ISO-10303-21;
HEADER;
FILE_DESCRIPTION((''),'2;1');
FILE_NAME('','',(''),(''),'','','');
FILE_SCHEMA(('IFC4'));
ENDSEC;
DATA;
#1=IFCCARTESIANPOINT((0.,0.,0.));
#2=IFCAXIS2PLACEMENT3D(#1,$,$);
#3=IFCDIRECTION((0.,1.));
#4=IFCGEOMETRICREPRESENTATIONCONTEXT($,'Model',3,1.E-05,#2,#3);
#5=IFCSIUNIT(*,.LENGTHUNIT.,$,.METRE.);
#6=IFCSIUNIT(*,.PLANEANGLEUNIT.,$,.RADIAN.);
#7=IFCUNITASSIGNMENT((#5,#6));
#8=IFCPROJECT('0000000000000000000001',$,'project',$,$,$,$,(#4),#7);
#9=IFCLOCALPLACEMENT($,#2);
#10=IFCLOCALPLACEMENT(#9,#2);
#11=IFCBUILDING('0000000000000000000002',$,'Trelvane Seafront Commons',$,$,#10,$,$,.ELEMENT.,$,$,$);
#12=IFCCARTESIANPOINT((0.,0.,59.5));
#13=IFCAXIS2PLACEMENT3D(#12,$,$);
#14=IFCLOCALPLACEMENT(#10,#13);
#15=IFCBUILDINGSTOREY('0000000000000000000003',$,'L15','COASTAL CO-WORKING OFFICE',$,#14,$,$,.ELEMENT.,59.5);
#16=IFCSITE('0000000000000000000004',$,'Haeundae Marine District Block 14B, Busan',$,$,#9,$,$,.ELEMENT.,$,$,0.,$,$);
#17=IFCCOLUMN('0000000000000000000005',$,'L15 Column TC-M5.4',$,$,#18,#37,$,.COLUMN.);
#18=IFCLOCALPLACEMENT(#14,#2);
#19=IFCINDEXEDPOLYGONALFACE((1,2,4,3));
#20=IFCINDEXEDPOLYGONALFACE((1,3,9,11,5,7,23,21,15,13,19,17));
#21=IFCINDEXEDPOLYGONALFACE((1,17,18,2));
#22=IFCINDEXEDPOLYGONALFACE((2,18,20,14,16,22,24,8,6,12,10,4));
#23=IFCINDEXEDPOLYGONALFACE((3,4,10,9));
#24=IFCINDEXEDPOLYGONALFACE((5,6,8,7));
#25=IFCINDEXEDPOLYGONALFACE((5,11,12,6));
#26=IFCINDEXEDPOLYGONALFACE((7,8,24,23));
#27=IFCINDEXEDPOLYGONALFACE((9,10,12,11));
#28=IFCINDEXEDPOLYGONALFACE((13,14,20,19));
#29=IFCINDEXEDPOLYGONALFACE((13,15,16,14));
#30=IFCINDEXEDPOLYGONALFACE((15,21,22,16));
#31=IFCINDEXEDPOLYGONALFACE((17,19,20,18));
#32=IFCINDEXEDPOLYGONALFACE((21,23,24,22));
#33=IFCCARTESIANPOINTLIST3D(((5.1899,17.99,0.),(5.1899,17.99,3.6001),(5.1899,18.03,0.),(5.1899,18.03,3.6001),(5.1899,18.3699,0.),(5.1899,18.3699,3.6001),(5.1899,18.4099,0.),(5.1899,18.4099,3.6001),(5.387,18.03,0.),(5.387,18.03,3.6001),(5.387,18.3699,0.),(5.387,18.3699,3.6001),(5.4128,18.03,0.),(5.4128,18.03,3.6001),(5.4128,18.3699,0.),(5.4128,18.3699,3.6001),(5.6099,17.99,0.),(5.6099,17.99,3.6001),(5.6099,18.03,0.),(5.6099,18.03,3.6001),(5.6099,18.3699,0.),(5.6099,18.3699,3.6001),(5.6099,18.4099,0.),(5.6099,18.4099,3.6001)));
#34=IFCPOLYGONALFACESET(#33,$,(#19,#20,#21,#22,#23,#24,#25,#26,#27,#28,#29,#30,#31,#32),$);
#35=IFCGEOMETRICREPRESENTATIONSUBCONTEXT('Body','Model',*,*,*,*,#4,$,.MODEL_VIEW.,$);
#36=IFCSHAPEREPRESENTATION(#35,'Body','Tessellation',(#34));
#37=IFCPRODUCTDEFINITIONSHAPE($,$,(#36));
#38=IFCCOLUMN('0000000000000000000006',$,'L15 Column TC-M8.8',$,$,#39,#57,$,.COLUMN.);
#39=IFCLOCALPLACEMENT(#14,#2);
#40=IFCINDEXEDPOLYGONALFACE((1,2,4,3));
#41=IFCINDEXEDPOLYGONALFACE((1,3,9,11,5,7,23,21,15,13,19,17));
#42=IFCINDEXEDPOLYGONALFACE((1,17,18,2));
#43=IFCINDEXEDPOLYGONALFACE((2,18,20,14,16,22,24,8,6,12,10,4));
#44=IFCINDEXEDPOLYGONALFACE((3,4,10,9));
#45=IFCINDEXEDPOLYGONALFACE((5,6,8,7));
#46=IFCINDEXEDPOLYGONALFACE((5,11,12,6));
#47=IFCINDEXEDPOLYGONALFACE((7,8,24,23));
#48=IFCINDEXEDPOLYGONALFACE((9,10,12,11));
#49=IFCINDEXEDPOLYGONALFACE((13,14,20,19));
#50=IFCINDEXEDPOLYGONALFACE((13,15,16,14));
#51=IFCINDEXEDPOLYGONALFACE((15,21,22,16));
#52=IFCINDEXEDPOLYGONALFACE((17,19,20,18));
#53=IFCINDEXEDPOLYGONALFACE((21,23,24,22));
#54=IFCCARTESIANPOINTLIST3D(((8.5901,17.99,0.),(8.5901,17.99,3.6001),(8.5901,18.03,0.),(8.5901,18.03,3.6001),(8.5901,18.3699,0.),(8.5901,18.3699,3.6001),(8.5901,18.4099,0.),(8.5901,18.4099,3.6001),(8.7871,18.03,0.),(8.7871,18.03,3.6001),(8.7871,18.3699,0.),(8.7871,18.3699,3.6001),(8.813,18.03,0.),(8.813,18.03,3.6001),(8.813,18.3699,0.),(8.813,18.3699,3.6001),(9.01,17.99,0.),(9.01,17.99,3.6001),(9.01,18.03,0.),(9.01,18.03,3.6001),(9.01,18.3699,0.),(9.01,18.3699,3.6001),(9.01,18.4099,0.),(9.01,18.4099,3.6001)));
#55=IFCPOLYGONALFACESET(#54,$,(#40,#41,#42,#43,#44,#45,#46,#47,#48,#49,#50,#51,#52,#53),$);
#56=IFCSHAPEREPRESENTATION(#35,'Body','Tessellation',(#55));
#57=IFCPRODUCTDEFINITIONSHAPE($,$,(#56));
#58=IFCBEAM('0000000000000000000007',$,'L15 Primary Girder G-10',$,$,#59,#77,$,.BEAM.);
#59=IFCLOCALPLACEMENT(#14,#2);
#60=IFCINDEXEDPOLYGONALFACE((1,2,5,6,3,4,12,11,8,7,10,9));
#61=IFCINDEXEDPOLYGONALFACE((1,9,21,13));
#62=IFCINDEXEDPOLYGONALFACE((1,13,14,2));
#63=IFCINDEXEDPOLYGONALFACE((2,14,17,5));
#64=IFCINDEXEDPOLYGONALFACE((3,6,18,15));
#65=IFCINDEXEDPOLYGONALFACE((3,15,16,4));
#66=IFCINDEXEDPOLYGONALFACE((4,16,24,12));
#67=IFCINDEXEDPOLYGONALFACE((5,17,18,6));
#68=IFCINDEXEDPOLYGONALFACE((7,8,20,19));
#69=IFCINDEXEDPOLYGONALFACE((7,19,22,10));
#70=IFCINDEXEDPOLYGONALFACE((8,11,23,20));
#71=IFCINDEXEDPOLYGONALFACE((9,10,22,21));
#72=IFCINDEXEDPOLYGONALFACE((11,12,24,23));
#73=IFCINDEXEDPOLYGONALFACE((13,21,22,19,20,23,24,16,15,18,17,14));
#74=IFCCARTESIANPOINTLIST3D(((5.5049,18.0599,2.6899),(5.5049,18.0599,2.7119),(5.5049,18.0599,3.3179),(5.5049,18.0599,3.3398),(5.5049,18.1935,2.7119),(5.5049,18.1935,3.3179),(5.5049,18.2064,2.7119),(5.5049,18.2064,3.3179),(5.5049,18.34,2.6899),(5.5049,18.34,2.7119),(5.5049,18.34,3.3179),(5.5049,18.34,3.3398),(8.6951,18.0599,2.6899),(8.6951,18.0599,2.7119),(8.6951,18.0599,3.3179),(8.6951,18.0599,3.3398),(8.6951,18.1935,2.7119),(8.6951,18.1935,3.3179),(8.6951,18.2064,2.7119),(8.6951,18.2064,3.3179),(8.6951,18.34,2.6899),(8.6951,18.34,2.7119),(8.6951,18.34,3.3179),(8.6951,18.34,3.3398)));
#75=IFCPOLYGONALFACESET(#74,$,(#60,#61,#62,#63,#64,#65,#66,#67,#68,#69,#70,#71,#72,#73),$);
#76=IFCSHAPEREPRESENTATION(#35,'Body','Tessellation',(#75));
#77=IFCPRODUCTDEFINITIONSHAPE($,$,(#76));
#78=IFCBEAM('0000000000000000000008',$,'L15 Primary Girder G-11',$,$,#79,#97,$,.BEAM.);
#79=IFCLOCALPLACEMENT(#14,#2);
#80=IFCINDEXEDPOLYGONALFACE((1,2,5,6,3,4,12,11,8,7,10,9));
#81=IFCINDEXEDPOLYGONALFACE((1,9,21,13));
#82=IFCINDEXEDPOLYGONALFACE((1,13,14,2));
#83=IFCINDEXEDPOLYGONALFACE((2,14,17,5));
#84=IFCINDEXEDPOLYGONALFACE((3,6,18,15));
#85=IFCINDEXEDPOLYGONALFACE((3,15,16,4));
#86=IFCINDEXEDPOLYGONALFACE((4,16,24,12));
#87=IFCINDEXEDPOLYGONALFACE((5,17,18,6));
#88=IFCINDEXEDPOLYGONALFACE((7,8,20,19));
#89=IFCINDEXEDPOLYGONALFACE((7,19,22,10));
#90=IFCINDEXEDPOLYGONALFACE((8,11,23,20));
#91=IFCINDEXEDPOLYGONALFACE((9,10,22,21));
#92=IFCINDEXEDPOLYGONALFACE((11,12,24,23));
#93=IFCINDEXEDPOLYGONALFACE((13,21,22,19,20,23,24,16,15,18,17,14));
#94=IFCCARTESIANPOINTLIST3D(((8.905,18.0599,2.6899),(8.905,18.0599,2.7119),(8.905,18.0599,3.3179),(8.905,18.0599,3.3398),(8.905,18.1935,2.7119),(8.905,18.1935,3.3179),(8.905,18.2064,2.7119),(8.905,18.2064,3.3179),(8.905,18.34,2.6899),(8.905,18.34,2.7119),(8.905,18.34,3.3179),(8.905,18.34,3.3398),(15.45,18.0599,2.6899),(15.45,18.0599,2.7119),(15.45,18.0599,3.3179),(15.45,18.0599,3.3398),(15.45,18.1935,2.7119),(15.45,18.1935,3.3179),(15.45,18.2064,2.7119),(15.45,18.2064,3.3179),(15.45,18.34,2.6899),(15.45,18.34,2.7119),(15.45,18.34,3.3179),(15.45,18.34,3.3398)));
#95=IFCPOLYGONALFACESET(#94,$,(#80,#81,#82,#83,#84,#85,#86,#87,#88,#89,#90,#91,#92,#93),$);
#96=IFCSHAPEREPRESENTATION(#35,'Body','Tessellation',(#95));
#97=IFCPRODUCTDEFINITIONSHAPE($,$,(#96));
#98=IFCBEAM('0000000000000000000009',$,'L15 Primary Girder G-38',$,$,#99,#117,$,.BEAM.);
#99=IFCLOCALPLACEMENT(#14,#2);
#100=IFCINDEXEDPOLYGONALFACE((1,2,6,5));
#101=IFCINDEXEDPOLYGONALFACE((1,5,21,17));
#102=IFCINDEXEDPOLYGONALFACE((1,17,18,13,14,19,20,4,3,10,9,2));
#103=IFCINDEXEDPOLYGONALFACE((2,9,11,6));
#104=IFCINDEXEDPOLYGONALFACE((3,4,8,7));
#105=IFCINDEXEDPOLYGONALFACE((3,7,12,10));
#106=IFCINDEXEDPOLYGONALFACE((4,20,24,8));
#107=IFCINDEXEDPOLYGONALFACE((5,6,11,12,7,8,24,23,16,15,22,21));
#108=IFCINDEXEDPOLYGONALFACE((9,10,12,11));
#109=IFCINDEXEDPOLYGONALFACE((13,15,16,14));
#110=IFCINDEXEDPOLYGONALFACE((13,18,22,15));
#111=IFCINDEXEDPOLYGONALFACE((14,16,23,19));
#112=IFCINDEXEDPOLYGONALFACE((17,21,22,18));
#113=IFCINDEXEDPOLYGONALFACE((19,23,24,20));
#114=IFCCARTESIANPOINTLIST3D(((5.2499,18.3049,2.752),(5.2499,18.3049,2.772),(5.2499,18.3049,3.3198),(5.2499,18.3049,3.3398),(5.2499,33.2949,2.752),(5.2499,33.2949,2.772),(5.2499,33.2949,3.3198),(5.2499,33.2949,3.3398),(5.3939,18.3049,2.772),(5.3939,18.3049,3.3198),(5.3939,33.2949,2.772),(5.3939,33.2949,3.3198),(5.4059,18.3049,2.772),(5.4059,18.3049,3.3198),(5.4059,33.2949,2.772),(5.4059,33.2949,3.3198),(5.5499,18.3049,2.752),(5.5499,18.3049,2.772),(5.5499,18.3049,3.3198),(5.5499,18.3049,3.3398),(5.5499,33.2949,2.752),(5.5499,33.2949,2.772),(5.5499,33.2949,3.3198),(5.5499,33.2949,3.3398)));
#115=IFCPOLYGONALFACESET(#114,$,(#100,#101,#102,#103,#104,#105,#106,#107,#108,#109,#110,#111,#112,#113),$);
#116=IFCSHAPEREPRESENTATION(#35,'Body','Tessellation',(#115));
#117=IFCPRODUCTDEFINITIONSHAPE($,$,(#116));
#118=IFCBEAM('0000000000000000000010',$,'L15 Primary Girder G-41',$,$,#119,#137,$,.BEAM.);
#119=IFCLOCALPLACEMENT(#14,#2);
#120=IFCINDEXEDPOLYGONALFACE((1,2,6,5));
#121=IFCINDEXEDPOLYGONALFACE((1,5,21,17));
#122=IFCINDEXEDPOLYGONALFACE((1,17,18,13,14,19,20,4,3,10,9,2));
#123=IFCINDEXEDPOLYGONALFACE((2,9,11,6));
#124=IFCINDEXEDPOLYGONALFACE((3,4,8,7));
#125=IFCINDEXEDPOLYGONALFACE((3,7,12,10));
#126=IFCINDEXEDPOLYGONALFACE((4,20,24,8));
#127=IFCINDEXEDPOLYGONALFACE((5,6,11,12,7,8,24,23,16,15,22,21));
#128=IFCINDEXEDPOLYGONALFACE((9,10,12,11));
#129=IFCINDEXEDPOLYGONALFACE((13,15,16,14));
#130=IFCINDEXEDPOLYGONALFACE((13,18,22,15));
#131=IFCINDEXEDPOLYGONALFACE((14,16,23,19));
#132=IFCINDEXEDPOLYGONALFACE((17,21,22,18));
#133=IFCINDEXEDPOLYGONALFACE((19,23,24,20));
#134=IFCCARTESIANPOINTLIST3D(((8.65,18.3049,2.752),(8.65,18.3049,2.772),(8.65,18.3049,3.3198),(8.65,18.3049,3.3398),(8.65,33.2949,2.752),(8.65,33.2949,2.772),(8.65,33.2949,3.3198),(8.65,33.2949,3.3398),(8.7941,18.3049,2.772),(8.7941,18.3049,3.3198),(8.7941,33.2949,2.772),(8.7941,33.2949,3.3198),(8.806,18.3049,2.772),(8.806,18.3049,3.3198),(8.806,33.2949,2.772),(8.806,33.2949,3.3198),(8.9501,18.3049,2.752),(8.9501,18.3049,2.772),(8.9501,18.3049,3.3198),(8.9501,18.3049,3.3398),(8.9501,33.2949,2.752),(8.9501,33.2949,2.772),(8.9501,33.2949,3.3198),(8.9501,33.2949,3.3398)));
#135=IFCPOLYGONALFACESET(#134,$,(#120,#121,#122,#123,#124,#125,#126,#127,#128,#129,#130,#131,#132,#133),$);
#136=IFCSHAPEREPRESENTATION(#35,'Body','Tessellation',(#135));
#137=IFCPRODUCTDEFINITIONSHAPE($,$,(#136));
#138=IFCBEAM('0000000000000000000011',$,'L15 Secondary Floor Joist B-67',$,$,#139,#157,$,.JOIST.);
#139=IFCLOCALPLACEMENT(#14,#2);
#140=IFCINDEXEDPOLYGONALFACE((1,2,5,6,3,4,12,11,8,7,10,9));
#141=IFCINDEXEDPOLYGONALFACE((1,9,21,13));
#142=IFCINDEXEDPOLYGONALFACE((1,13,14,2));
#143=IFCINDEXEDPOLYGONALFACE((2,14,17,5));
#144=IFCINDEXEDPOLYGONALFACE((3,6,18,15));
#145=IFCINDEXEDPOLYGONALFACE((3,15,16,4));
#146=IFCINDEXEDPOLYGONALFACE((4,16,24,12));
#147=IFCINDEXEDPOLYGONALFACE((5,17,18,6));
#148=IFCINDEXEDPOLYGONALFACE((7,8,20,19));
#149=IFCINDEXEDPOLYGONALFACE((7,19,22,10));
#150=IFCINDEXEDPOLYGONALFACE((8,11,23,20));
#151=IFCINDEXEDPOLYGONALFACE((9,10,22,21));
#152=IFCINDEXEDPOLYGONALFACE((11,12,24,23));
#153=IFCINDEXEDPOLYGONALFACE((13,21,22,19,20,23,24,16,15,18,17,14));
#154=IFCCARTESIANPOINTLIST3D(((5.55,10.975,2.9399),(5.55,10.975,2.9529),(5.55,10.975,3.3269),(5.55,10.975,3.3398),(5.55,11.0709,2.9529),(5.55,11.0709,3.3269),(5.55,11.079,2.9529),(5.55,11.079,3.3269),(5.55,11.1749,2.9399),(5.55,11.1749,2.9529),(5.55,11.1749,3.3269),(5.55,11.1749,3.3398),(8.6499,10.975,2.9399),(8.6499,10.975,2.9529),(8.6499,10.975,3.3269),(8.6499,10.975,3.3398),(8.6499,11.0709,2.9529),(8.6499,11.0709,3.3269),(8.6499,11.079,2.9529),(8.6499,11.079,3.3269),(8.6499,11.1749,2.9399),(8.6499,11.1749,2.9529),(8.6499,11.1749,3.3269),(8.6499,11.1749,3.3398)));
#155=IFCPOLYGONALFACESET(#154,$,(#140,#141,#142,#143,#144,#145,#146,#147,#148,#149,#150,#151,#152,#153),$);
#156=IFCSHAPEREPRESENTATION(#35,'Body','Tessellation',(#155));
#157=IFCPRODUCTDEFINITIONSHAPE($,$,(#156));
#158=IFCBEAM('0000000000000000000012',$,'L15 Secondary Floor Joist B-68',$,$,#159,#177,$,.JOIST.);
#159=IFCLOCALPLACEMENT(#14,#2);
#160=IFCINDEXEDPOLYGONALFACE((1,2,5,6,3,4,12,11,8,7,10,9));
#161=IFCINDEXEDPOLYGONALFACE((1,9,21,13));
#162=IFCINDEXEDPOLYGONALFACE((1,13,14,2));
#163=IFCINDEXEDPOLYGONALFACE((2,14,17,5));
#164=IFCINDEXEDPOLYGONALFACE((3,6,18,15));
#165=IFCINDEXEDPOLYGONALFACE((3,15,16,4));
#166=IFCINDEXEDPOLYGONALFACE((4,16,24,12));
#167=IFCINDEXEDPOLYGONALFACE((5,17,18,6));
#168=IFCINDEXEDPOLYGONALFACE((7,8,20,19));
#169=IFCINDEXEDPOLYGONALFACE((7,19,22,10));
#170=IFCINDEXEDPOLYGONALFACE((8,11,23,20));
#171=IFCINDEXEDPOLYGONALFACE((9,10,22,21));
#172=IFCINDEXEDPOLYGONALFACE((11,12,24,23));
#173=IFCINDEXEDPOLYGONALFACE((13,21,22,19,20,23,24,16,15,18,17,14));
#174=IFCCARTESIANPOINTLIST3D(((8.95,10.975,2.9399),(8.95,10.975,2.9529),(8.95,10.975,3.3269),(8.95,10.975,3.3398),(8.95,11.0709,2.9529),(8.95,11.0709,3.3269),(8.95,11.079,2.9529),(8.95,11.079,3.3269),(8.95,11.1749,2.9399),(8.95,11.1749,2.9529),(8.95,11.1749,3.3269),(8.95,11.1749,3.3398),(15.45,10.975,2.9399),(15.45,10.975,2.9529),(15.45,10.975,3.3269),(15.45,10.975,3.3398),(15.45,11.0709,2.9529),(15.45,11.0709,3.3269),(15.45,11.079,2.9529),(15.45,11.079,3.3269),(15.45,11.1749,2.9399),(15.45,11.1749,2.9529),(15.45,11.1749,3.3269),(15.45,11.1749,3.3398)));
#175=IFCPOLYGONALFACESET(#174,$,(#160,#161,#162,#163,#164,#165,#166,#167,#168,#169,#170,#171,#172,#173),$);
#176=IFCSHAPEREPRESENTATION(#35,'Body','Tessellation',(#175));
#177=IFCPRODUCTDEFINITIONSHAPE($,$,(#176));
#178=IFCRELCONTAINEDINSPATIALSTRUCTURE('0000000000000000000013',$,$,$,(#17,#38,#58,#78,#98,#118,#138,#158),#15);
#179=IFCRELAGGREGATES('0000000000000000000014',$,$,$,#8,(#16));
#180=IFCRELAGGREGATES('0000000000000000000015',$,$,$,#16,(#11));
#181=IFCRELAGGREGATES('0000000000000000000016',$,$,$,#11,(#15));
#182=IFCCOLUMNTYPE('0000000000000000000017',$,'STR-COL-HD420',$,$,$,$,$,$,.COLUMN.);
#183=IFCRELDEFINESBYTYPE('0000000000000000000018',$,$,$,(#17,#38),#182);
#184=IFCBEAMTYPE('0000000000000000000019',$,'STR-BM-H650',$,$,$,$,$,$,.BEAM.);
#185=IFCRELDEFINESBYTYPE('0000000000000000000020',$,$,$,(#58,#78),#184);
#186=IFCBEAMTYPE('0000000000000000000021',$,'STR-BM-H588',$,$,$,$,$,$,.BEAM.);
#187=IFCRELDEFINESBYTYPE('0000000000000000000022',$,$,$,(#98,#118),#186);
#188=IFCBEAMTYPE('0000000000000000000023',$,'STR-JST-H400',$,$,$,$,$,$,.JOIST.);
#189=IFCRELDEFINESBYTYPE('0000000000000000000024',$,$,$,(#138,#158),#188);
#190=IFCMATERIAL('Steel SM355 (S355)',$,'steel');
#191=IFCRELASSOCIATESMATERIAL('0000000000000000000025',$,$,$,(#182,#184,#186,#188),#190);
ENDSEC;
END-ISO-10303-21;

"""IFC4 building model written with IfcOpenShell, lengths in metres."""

from ifc_helpers import new_model, si_unit, direction, frame, origin, origin_2d, place, context, subcontext, project, spatial, i_section, extrude, source, transform, mapped, material, material_profile, profile_set, type_object, element, save


model = new_model("IFC4")

# Units and contexts
model_context = context("Model", 3, precision=1e-05, world=origin(), true_north=direction((0.0, 1.0)))
body_context = subcontext(model_context, "Body", "Model", "MODEL_VIEW")
ifc_project = project(units=[si_unit("LENGTHUNIT", "METRE"), si_unit("PLANEANGLEUNIT", "RADIAN")], contexts=[model_context])

# Site, building, storey
site_placement = place(None, origin())
site = spatial("IfcSite", under=ifc_project, at=site_placement, Name="Haeundae Marine District Block 14B, Busan", CompositionType="ELEMENT", RefElevation=0.0)
building_placement = place(site_placement, origin())
building = spatial("IfcBuilding", under=site, at=building_placement, Name="Trelvane Seafront Commons", CompositionType="ELEMENT")
storey_placement = place(building_placement, frame((0.0, 0.0, 59.5)))
storey = spatial("IfcBuildingStorey", under=building, at=storey_placement, Name="L15", Description="COASTAL CO-WORKING OFFICE", CompositionType="ELEMENT", Elevation=59.5)

# Columns
ifc_material_1 = material(Name="Steel SM355 (S355)", Category="steel")
ifc_material_profile_1 = material_profile(ifc_material_1, i_section(OverallWidth=0.4199, OverallDepth=0.4199, WebThickness=0.0259, FlangeThickness=0.04, at=origin_2d()), Name="HD-420x420x26x40")
ifc_profile_set_1 = profile_set([ifc_material_profile_1], Name="Steel SM355 (S355)")
column_type = type_object("IfcColumnType", Name="STR-COL-HD420", PredefinedType="COLUMN", material=ifc_profile_set_1)
shared_shape_1 = source(origin(), body_context, "Body", "SweptSolid", [
    extrude(i_section(OverallWidth=0.4199, OverallDepth=0.4199, WebThickness=0.0259, FlangeThickness=0.04, at=origin_2d()), origin(), (0.0, 0.0, 1.0), 3.6001),
])
for number, where, z_axis, x_axis, name in (
    (1, (5.3999, 18.2, 0.0), (0.0, 0.0, 1.0), (1.0, 0.0, 0.0), "L15 Column TC-M5.4"),
    (2, (8.8, 18.2, 0.0), (0.0, 0.0, 1.0), (1.0, 0.0, 0.0), "L15 Column TC-M8.8"),
):
    element("IfcColumn", number, at=place(storey_placement, frame(where, z_axis=z_axis, x_axis=x_axis)), inside=storey, type_object=column_type, Name=name, PredefinedType="COLUMN", context=body_context, shape_type="MappedRepresentation", body=[
        mapped(shared_shape_1, transform((0.0, 0.0, 0.0), x_axis=(1.0, 0.0, 0.0), y_axis=(0.0, 1.0, 0.0), z_axis=(0.0, 0.0, 1.0), scale=1.0)),
    ])

# Beams
ifc_material_profile_2 = material_profile(ifc_material_1, i_section(OverallWidth=0.28, OverallDepth=0.6499, WebThickness=0.0129, FlangeThickness=0.022, at=origin_2d()), Name="H-650x280x13x22")
ifc_profile_set_2 = profile_set([ifc_material_profile_2], Name="Steel SM355 (S355)")
beam_type_1 = type_object("IfcBeamType", Name="STR-BM-H650", PredefinedType="BEAM", material=ifc_profile_set_2)
shared_shape_2 = source(origin(), body_context, "Body", "SweptSolid", [
    extrude(i_section(OverallWidth=0.28, OverallDepth=0.6499, WebThickness=0.0129, FlangeThickness=0.022, at=origin_2d()), origin(), (0.0, 0.0, 1.0), 3.1902),
])
beam_1_placement = place(storey_placement, frame((5.5049, 18.2, 3.0149), z_axis=(1.0, 0.0, 0.0), x_axis=(0.0, 1.0, 0.0)))
element("IfcBeam", 3, at=beam_1_placement, inside=storey, type_object=beam_type_1, Name="L15 Primary Girder G-10", PredefinedType="BEAM", context=body_context, shape_type="MappedRepresentation", body=[
    mapped(shared_shape_2, transform((0.0, 0.0, 0.0), x_axis=(1.0, 0.0, 0.0), y_axis=(0.0, 1.0, 0.0), z_axis=(0.0, 0.0, 1.0), scale=1.0)),
])
shared_shape_3 = source(origin(), body_context, "Body", "SweptSolid", [
    extrude(i_section(OverallWidth=0.28, OverallDepth=0.6499, WebThickness=0.0129, FlangeThickness=0.022, at=origin_2d()), origin(), (0.0, 0.0, 1.0), 6.5449),
])
beam_2_placement = place(storey_placement, frame((8.905, 18.2, 3.0149), z_axis=(1.0, 0.0, 0.0), x_axis=(0.0, 1.0, 0.0)))
element("IfcBeam", 4, at=beam_2_placement, inside=storey, type_object=beam_type_1, Name="L15 Primary Girder G-11", PredefinedType="BEAM", context=body_context, shape_type="MappedRepresentation", body=[
    mapped(shared_shape_3, transform((0.0, 0.0, 0.0), x_axis=(1.0, 0.0, 0.0), y_axis=(0.0, 1.0, 0.0), z_axis=(0.0, 0.0, 1.0), scale=1.0)),
])
ifc_material_profile_3 = material_profile(ifc_material_1, i_section(OverallWidth=0.3, OverallDepth=0.5879, WebThickness=0.012, FlangeThickness=0.02, at=origin_2d()), Name="H-588x300x12x20")
ifc_profile_set_3 = profile_set([ifc_material_profile_3], Name="Steel SM355 (S355)")
beam_type_2 = type_object("IfcBeamType", Name="STR-BM-H588", PredefinedType="BEAM", material=ifc_profile_set_3)
shared_shape_4 = source(origin(), body_context, "Body", "SweptSolid", [
    extrude(i_section(OverallWidth=0.3, OverallDepth=0.5879, WebThickness=0.012, FlangeThickness=0.02, at=origin_2d()), origin(), (0.0, 0.0, 1.0), 14.99),
])
for number, where, z_axis, x_axis, name in (
    (5, (5.3999, 18.3049, 3.0459), (0.0, 1.0, 0.0), (-1.0, 0.0, 0.0), "L15 Primary Girder G-38"),
    (6, (8.8, 18.3049, 3.0459), (0.0, 1.0, 0.0), (-1.0, 0.0, 0.0), "L15 Primary Girder G-41"),
):
    element("IfcBeam", number, at=place(storey_placement, frame(where, z_axis=z_axis, x_axis=x_axis)), inside=storey, type_object=beam_type_2, Name=name, PredefinedType="BEAM", context=body_context, shape_type="MappedRepresentation", body=[
        mapped(shared_shape_4, transform((0.0, 0.0, 0.0), x_axis=(1.0, 0.0, 0.0), y_axis=(0.0, 1.0, 0.0), z_axis=(0.0, 0.0, 1.0), scale=1.0)),
    ])
ifc_material_profile_4 = material_profile(ifc_material_1, i_section(OverallWidth=0.2, OverallDepth=0.3999, WebThickness=0.0081, FlangeThickness=0.0129, at=origin_2d()), Name="H-400x200x8x13")
ifc_profile_set_4 = profile_set([ifc_material_profile_4], Name="Steel SM355 (S355)")
beam_type_3 = type_object("IfcBeamType", Name="STR-JST-H400", PredefinedType="JOIST", material=ifc_profile_set_4)
shared_shape_5 = source(origin(), body_context, "Body", "SweptSolid", [
    extrude(i_section(OverallWidth=0.2, OverallDepth=0.3999, WebThickness=0.0081, FlangeThickness=0.0129, at=origin_2d()), origin(), (0.0, 0.0, 1.0), 3.0999),
])
beam_3_placement = place(storey_placement, frame((5.55, 11.075, 3.1399), z_axis=(1.0, 0.0, 0.0), x_axis=(0.0, 1.0, 0.0)))
element("IfcBeam", 7, at=beam_3_placement, inside=storey, type_object=beam_type_3, Name="L15 Secondary Floor Joist B-67", PredefinedType="JOIST", context=body_context, shape_type="MappedRepresentation", body=[
    mapped(shared_shape_5, transform((0.0, 0.0, 0.0), x_axis=(1.0, 0.0, 0.0), y_axis=(0.0, 1.0, 0.0), z_axis=(0.0, 0.0, 1.0), scale=1.0)),
])
shared_shape_6 = source(origin(), body_context, "Body", "SweptSolid", [
    extrude(i_section(OverallWidth=0.2, OverallDepth=0.3999, WebThickness=0.0081, FlangeThickness=0.0129, at=origin_2d()), origin(), (0.0, 0.0, 1.0), 6.5),
])
beam_4_placement = place(storey_placement, frame((8.95, 11.075, 3.1399), z_axis=(1.0, 0.0, 0.0), x_axis=(0.0, 1.0, 0.0)))
element("IfcBeam", 8, at=beam_4_placement, inside=storey, type_object=beam_type_3, Name="L15 Secondary Floor Joist B-68", PredefinedType="JOIST", context=body_context, shape_type="MappedRepresentation", body=[
    mapped(shared_shape_6, transform((0.0, 0.0, 0.0), x_axis=(1.0, 0.0, 0.0), y_axis=(0.0, 1.0, 0.0), z_axis=(0.0, 0.0, 1.0), scale=1.0)),
])

save(model, "model.ifc")
